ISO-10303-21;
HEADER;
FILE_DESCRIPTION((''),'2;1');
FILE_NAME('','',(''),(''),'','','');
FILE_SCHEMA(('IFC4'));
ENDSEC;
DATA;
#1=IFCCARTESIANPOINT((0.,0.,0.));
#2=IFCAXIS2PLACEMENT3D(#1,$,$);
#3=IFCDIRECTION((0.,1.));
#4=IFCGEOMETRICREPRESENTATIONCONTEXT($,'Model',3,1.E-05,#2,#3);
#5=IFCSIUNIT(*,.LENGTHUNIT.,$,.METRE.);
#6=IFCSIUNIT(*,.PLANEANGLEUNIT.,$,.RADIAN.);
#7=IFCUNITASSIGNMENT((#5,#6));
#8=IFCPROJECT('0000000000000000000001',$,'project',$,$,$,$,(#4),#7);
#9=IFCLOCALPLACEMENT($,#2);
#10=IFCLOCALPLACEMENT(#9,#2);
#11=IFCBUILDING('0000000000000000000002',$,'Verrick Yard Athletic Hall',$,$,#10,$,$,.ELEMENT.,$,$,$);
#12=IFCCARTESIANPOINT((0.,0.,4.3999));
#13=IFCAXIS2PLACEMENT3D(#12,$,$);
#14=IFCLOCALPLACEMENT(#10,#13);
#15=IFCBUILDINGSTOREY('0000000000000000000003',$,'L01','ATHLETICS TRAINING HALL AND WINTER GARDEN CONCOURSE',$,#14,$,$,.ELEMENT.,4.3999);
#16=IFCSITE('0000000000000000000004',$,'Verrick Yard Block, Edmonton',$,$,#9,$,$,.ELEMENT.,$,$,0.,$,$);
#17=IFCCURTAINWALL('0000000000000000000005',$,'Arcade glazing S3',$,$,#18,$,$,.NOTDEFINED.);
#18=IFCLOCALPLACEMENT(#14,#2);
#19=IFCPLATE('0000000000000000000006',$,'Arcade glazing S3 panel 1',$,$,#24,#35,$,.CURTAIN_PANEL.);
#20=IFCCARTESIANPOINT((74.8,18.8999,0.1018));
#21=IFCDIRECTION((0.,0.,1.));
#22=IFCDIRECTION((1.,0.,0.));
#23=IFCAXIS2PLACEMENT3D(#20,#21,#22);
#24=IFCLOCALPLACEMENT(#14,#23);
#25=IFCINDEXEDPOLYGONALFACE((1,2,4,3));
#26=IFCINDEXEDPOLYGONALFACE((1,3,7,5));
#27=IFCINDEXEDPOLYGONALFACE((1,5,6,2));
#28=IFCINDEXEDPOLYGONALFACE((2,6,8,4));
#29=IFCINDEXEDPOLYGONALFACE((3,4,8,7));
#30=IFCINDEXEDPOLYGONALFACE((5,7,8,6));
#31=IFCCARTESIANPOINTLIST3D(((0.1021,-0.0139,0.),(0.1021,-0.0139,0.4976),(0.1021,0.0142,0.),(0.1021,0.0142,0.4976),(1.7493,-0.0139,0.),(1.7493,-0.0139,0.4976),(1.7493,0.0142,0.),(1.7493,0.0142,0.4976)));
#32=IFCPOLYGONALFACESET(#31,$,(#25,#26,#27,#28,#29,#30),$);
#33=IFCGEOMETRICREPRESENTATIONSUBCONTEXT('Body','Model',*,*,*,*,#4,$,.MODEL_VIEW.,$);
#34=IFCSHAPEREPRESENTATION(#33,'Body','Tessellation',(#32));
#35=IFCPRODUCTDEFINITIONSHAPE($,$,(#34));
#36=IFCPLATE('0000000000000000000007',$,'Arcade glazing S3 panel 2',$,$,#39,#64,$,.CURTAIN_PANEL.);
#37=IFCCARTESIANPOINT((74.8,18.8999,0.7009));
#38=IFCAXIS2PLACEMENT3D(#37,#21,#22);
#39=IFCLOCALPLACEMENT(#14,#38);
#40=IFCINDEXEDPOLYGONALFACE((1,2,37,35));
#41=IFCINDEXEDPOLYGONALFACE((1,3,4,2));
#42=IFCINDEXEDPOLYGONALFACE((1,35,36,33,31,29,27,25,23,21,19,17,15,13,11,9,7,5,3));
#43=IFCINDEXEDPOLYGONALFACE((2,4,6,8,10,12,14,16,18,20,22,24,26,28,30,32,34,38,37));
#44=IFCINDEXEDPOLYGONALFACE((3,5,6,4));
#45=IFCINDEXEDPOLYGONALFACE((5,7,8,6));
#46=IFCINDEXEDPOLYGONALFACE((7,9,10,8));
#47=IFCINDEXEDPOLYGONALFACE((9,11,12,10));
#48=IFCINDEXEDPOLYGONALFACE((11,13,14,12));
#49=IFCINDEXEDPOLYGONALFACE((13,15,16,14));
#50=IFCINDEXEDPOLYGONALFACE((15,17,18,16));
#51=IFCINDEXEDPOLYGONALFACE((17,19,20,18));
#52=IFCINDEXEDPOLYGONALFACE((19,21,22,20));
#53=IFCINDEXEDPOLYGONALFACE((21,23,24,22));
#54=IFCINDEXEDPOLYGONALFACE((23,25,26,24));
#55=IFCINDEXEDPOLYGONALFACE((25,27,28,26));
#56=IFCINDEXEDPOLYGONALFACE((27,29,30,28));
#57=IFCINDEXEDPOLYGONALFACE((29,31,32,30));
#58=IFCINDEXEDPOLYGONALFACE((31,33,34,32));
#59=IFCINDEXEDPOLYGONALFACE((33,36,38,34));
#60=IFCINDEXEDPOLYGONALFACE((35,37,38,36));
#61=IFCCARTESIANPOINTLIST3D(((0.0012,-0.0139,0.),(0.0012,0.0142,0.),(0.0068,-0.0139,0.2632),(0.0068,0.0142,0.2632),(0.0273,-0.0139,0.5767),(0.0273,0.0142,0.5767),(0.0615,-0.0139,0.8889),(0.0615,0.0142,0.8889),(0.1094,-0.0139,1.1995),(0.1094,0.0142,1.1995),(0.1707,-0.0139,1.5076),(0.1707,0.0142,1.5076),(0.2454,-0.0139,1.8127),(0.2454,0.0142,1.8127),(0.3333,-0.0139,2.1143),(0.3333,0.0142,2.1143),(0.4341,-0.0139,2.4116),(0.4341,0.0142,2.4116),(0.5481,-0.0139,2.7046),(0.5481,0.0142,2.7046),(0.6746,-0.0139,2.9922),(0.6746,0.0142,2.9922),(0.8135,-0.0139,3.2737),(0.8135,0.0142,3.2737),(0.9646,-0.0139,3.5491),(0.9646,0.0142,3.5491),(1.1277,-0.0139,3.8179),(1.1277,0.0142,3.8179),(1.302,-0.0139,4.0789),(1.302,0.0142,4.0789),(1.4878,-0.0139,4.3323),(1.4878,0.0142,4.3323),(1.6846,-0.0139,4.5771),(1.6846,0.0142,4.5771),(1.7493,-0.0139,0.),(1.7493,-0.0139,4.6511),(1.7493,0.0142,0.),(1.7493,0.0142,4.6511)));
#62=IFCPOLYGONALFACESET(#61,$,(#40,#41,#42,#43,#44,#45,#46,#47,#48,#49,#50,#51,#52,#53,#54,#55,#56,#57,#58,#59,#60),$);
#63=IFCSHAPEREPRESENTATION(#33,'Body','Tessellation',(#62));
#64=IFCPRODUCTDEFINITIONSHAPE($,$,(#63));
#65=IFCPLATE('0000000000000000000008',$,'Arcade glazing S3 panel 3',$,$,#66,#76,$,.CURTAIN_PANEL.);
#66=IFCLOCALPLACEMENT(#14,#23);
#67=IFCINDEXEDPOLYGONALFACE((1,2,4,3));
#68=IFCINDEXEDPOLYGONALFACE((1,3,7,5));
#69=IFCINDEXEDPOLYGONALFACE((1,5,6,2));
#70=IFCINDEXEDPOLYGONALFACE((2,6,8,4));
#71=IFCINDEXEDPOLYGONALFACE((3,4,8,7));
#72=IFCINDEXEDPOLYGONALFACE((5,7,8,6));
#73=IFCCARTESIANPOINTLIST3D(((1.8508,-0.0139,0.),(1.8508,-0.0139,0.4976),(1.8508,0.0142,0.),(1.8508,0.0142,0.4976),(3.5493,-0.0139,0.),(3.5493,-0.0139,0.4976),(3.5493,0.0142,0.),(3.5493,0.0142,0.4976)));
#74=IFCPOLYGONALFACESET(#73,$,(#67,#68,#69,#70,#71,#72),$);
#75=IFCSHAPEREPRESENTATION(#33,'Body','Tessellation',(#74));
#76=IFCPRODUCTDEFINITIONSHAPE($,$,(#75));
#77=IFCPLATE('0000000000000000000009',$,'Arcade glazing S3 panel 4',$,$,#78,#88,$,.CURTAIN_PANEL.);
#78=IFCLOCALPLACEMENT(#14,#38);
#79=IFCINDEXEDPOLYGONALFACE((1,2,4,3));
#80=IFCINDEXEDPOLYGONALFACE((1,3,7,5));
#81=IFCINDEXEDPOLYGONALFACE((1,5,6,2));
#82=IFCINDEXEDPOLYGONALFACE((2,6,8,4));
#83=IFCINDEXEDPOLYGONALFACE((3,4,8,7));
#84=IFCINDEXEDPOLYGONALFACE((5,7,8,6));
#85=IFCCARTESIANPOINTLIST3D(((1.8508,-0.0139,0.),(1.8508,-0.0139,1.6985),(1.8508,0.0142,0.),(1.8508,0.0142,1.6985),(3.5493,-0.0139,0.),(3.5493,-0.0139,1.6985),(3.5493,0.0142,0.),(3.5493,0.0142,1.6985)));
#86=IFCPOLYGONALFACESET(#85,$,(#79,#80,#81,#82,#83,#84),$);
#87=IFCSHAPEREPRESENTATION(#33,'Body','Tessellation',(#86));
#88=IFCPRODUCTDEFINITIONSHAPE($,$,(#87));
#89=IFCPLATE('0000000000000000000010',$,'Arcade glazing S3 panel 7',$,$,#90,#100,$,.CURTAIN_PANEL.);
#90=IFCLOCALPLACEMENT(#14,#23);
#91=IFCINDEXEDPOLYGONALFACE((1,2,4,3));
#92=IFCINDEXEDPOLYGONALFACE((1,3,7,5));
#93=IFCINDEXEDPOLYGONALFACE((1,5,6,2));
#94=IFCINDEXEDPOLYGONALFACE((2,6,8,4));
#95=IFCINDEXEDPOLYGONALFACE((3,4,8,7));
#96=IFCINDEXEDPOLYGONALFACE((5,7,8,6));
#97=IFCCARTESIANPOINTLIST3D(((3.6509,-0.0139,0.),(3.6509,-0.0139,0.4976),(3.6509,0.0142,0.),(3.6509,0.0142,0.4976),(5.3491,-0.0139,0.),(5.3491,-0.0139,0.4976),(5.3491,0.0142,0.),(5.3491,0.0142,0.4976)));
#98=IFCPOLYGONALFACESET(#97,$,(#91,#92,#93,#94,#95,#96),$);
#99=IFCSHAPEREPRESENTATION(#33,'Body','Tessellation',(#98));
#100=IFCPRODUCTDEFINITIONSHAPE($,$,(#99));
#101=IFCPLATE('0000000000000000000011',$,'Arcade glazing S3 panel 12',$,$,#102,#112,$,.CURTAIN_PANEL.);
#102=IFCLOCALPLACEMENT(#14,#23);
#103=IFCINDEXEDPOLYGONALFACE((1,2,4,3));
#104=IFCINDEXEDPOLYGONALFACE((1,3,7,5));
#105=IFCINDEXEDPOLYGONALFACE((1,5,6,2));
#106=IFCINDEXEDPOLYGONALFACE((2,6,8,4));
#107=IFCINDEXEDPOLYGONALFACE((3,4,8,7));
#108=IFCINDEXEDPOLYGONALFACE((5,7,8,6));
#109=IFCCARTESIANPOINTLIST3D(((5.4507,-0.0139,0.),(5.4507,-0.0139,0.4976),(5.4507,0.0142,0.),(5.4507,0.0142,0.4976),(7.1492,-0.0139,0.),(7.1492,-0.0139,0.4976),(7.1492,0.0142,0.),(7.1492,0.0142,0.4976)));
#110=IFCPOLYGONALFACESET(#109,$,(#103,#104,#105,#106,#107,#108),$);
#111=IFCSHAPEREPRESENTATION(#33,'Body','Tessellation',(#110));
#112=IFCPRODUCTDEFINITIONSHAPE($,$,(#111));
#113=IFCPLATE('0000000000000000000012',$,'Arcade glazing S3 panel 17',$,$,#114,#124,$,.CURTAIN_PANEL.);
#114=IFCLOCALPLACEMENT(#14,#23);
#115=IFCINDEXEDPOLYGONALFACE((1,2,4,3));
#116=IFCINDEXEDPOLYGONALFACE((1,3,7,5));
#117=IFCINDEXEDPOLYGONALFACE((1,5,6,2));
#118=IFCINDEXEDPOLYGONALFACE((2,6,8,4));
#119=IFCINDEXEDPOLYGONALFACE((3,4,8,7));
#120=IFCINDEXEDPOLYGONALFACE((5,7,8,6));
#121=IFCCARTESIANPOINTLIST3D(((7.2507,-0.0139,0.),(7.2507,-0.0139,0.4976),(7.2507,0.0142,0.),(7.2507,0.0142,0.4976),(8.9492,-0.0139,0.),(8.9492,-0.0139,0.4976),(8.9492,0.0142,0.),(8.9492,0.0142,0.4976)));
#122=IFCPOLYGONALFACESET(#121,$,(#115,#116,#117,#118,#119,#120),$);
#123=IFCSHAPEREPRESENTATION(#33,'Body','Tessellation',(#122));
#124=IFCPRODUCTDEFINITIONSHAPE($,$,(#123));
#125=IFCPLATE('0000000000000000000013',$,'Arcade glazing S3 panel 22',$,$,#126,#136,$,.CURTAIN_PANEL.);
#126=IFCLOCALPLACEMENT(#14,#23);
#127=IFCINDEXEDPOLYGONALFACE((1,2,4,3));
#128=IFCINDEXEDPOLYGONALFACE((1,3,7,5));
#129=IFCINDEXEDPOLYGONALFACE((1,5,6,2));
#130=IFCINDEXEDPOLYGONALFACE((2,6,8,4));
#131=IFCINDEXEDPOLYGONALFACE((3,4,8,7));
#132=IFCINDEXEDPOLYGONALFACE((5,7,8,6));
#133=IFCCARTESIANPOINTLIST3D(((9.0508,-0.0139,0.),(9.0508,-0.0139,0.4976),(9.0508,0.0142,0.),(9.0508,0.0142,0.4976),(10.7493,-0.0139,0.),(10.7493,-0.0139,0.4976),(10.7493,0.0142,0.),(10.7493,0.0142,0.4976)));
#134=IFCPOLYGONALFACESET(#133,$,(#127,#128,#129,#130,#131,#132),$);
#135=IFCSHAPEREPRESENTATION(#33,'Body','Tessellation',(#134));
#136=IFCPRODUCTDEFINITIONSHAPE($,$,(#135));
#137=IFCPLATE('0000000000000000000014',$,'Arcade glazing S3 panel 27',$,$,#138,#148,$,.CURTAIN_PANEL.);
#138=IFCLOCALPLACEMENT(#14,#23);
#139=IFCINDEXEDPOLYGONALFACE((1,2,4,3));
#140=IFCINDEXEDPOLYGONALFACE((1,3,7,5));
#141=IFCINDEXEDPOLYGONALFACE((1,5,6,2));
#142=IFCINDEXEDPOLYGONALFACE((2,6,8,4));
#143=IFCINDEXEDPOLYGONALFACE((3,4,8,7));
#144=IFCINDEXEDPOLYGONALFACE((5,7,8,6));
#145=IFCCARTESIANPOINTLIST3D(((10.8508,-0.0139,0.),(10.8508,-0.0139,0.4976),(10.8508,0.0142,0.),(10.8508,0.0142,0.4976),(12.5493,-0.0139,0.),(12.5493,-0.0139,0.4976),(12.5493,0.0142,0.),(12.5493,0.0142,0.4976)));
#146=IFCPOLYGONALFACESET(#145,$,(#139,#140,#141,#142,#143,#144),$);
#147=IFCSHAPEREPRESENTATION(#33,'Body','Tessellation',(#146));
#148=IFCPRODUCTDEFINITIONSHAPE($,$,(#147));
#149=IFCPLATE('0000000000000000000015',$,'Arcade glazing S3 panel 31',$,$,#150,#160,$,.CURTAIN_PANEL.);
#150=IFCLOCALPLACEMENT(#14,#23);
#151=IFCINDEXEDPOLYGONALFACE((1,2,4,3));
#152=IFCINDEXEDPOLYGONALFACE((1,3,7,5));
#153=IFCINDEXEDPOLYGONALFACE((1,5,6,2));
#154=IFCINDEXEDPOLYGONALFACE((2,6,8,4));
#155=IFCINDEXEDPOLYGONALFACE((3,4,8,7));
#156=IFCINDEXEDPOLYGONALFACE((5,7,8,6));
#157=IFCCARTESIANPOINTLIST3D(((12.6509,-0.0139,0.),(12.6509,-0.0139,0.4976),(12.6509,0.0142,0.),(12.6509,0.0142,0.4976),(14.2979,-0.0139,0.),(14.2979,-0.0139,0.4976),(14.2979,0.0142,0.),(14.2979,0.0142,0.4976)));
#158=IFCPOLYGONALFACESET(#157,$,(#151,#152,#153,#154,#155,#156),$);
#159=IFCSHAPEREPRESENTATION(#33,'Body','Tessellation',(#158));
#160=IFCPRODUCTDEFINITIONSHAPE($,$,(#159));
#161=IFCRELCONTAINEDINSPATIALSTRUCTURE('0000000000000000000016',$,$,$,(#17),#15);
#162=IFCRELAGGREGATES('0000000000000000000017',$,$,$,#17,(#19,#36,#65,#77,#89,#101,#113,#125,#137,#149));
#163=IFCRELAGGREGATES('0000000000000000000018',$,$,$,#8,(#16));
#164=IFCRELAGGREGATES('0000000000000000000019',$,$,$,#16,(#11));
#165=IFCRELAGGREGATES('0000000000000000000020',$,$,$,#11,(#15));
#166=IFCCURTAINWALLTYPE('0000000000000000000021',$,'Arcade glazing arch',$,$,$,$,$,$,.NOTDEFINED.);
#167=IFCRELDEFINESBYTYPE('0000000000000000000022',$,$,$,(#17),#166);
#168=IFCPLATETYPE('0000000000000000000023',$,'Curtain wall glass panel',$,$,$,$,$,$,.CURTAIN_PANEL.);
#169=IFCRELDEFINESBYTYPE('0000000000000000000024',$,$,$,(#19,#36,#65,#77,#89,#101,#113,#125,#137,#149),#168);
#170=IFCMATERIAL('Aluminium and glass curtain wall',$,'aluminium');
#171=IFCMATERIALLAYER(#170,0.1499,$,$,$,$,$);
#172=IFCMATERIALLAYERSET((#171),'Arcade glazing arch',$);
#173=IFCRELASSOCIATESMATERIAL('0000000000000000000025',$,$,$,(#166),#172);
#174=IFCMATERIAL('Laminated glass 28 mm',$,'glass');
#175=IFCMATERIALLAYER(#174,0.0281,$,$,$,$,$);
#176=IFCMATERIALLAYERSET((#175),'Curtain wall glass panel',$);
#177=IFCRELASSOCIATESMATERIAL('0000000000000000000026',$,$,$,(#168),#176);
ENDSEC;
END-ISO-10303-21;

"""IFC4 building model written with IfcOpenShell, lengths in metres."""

from ifc_helpers import new_model, si_unit, direction, frame, origin, place, context, subcontext, project, spatial, polyline, outline, extrude, material, layer, layer_set, type_object, element, aggregate, save


model = new_model("IFC4")

# Units and contexts
model_context = context("Model", 3, precision=1e-05, world=origin(), true_north=direction((0.0, 1.0)))
body_context = subcontext(model_context, "Body", "Model", "MODEL_VIEW")
ifc_project = project(units=[si_unit("LENGTHUNIT", "METRE"), si_unit("PLANEANGLEUNIT", "RADIAN")], contexts=[model_context])

# Site, building, storey
site_placement = place(None, origin())
site = spatial("IfcSite", under=ifc_project, at=site_placement, Name="Verrick Yard Block, Edmonton", CompositionType="ELEMENT", RefElevation=0.0)
building_placement = place(site_placement, origin())
building = spatial("IfcBuilding", under=site, at=building_placement, Name="Verrick Yard Athletic Hall", CompositionType="ELEMENT")
storey_placement = place(building_placement, frame((0.0, 0.0, 4.3999)))
storey = spatial("IfcBuildingStorey", under=building, at=storey_placement, Name="L01", Description="ATHLETICS TRAINING HALL AND WINTER GARDEN CONCOURSE", CompositionType="ELEMENT", Elevation=4.3999)

# Curtain wall, plates
ifc_material_1 = material(Name="Aluminium and glass curtain wall", Category="aluminium")
ifc_layer_1 = layer(ifc_material_1, 0.1499)
ifc_layer_set_1 = layer_set([ifc_layer_1], Name="Arcade glazing arch")
curtain_wall_type = type_object("IfcCurtainWallType", Name="Arcade glazing arch", PredefinedType="NOTDEFINED", material=ifc_layer_set_1)
curtain_wall_placement = place(storey_placement, origin())
curtain_wall = element("IfcCurtainWall", 1, at=curtain_wall_placement, inside=storey, type_object=curtain_wall_type, Name="Arcade glazing S3", PredefinedType="NOTDEFINED")
ifc_material_2 = material(Name="Laminated glass 28 mm", Category="glass")
ifc_layer_2 = layer(ifc_material_2, 0.0281)
ifc_layer_set_2 = layer_set([ifc_layer_2], Name="Curtain wall glass panel")
plate_type = type_object("IfcPlateType", Name="Curtain wall glass panel", PredefinedType="CURTAIN_PANEL", material=ifc_layer_set_2)
plate_1_placement = place(storey_placement, frame((74.8, 18.8999, 0.1018), z_axis=(0.0, 0.0, 1.0), x_axis=(1.0, 0.0, 0.0)))
plate_1 = element("IfcPlate", 2, at=plate_1_placement, type_object=plate_type, Name="Arcade glazing S3 panel 1", PredefinedType="CURTAIN_PANEL", context=body_context, shape_type="SweptSolid", body=[
    extrude(outline(polyline([(1.7493, 0.0), (1.7493, 0.4976), (0.1021, 0.4976), (0.1021, 0.0), (1.7493, 0.0)])), frame((0.0, 0.0142, 0.0), z_axis=(0.0, -1.0, 0.0), x_axis=(1.0, 0.0, 0.0)), (0.0, 0.0, 1.0), 0.0281),
])
plate_2_placement = place(storey_placement, frame((74.8, 18.8999, 0.7009), z_axis=(0.0, 0.0, 1.0), x_axis=(1.0, 0.0, 0.0)))
plate_2 = element("IfcPlate", 3, at=plate_2_placement, type_object=plate_type, Name="Arcade glazing S3 panel 2", PredefinedType="CURTAIN_PANEL", context=body_context, shape_type="SweptSolid", body=[
    extrude(outline(polyline([(1.7493, 4.6511), (1.6846, 4.5771), (1.4878, 4.3323), (1.302, 4.0789), (1.1277, 3.8179), (0.9646, 3.5491), (0.8135, 3.2737), (0.6746, 2.9922), (0.5481, 2.7046), (0.4341, 2.4116), (0.3333, 2.1143), (0.2454, 1.8127), (0.1707, 1.5076), (0.1094, 1.1995), (0.0615, 0.8889), (0.0273, 0.5767), (0.0068, 0.2632), (0.0012, 0.0), (1.7493, 0.0), (1.7493, 4.6511)])), frame((0.0, 0.0142, 0.0), z_axis=(0.0, -1.0, 0.0), x_axis=(1.0, 0.0, 0.0)), (0.0, 0.0, 1.0), 0.0281),
])
plate_3_placement = place(storey_placement, frame((74.8, 18.8999, 0.1018), z_axis=(0.0, 0.0, 1.0), x_axis=(1.0, 0.0, 0.0)))
plate_3 = element("IfcPlate", 4, at=plate_3_placement, type_object=plate_type, Name="Arcade glazing S3 panel 3", PredefinedType="CURTAIN_PANEL", context=body_context, shape_type="SweptSolid", body=[
    extrude(outline(polyline([(3.5493, 0.0), (3.5493, 0.4976), (1.8508, 0.4976), (1.8508, 0.0), (3.5493, 0.0)])), frame((0.0, 0.0142, 0.0), z_axis=(0.0, -1.0, 0.0), x_axis=(1.0, 0.0, 0.0)), (0.0, 0.0, 1.0), 0.0281),
])
plate_4_placement = place(storey_placement, frame((74.8, 18.8999, 0.7009), z_axis=(0.0, 0.0, 1.0), x_axis=(1.0, 0.0, 0.0)))
plate_4 = element("IfcPlate", 5, at=plate_4_placement, type_object=plate_type, Name="Arcade glazing S3 panel 4", PredefinedType="CURTAIN_PANEL", context=body_context, shape_type="SweptSolid", body=[
    extrude(outline(polyline([(3.5493, 0.0), (3.5493, 1.6985), (1.8508, 1.6985), (1.8508, 0.0), (3.5493, 0.0)])), frame((0.0, 0.0142, 0.0), z_axis=(0.0, -1.0, 0.0), x_axis=(1.0, 0.0, 0.0)), (0.0, 0.0, 1.0), 0.0281),
])
plate_5_placement = place(storey_placement, frame((74.8, 18.8999, 0.1018), z_axis=(0.0, 0.0, 1.0), x_axis=(1.0, 0.0, 0.0)))
plate_5 = element("IfcPlate", 6, at=plate_5_placement, type_object=plate_type, Name="Arcade glazing S3 panel 7", PredefinedType="CURTAIN_PANEL", context=body_context, shape_type="SweptSolid", body=[
    extrude(outline(polyline([(5.3491, 0.0), (5.3491, 0.4976), (3.6509, 0.4976), (3.6509, 0.0), (5.3491, 0.0)])), frame((0.0, 0.0142, 0.0), z_axis=(0.0, -1.0, 0.0), x_axis=(1.0, 0.0, 0.0)), (0.0, 0.0, 1.0), 0.0281),
])
plate_6_placement = place(storey_placement, frame((74.8, 18.8999, 0.1018), z_axis=(0.0, 0.0, 1.0), x_axis=(1.0, 0.0, 0.0)))
plate_6 = element("IfcPlate", 7, at=plate_6_placement, type_object=plate_type, Name="Arcade glazing S3 panel 12", PredefinedType="CURTAIN_PANEL", context=body_context, shape_type="SweptSolid", body=[
    extrude(outline(polyline([(7.1492, 0.0), (7.1492, 0.4976), (5.4507, 0.4976), (5.4507, 0.0), (7.1492, 0.0)])), frame((0.0, 0.0142, 0.0), z_axis=(0.0, -1.0, 0.0), x_axis=(1.0, 0.0, 0.0)), (0.0, 0.0, 1.0), 0.0281),
])
plate_7_placement = place(storey_placement, frame((74.8, 18.8999, 0.1018), z_axis=(0.0, 0.0, 1.0), x_axis=(1.0, 0.0, 0.0)))
plate_7 = element("IfcPlate", 8, at=plate_7_placement, type_object=plate_type, Name="Arcade glazing S3 panel 17", PredefinedType="CURTAIN_PANEL", context=body_context, shape_type="SweptSolid", body=[
    extrude(outline(polyline([(8.9492, 0.0), (8.9492, 0.4976), (7.2507, 0.4976), (7.2507, 0.0), (8.9492, 0.0)])), frame((0.0, 0.0142, 0.0), z_axis=(0.0, -1.0, 0.0), x_axis=(1.0, 0.0, 0.0)), (0.0, 0.0, 1.0), 0.0281),
])
plate_8_placement = place(storey_placement, frame((74.8, 18.8999, 0.1018), z_axis=(0.0, 0.0, 1.0), x_axis=(1.0, 0.0, 0.0)))
plate_8 = element("IfcPlate", 9, at=plate_8_placement, type_object=plate_type, Name="Arcade glazing S3 panel 22", PredefinedType="CURTAIN_PANEL", context=body_context, shape_type="SweptSolid", body=[
    extrude(outline(polyline([(10.7493, 0.0), (10.7493, 0.4976), (9.0508, 0.4976), (9.0508, 0.0), (10.7493, 0.0)])), frame((0.0, 0.0142, 0.0), z_axis=(0.0, -1.0, 0.0), x_axis=(1.0, 0.0, 0.0)), (0.0, 0.0, 1.0), 0.0281),
])
plate_9_placement = place(storey_placement, frame((74.8, 18.8999, 0.1018), z_axis=(0.0, 0.0, 1.0), x_axis=(1.0, 0.0, 0.0)))
plate_9 = element("IfcPlate", 10, at=plate_9_placement, type_object=plate_type, Name="Arcade glazing S3 panel 27", PredefinedType="CURTAIN_PANEL", context=body_context, shape_type="SweptSolid", body=[
    extrude(outline(polyline([(12.5493, 0.0), (12.5493, 0.4976), (10.8508, 0.4976), (10.8508, 0.0), (12.5493, 0.0)])), frame((0.0, 0.0142, 0.0), z_axis=(0.0, -1.0, 0.0), x_axis=(1.0, 0.0, 0.0)), (0.0, 0.0, 1.0), 0.0281),
])
plate_10_placement = place(storey_placement, frame((74.8, 18.8999, 0.1018), z_axis=(0.0, 0.0, 1.0), x_axis=(1.0, 0.0, 0.0)))
plate_10 = element("IfcPlate", 11, at=plate_10_placement, type_object=plate_type, Name="Arcade glazing S3 panel 31", PredefinedType="CURTAIN_PANEL", context=body_context, shape_type="SweptSolid", body=[
    extrude(outline(polyline([(14.2979, 0.0), (14.2979, 0.4976), (12.6509, 0.4976), (12.6509, 0.0), (14.2979, 0.0)])), frame((0.0, 0.0142, 0.0), z_axis=(0.0, -1.0, 0.0), x_axis=(1.0, 0.0, 0.0)), (0.0, 0.0, 1.0), 0.0281),
])
aggregate(curtain_wall, [plate_1, plate_2, plate_3, plate_4, plate_5, plate_6, plate_7, plate_8, plate_9, plate_10])

save(model, "model.ifc")
